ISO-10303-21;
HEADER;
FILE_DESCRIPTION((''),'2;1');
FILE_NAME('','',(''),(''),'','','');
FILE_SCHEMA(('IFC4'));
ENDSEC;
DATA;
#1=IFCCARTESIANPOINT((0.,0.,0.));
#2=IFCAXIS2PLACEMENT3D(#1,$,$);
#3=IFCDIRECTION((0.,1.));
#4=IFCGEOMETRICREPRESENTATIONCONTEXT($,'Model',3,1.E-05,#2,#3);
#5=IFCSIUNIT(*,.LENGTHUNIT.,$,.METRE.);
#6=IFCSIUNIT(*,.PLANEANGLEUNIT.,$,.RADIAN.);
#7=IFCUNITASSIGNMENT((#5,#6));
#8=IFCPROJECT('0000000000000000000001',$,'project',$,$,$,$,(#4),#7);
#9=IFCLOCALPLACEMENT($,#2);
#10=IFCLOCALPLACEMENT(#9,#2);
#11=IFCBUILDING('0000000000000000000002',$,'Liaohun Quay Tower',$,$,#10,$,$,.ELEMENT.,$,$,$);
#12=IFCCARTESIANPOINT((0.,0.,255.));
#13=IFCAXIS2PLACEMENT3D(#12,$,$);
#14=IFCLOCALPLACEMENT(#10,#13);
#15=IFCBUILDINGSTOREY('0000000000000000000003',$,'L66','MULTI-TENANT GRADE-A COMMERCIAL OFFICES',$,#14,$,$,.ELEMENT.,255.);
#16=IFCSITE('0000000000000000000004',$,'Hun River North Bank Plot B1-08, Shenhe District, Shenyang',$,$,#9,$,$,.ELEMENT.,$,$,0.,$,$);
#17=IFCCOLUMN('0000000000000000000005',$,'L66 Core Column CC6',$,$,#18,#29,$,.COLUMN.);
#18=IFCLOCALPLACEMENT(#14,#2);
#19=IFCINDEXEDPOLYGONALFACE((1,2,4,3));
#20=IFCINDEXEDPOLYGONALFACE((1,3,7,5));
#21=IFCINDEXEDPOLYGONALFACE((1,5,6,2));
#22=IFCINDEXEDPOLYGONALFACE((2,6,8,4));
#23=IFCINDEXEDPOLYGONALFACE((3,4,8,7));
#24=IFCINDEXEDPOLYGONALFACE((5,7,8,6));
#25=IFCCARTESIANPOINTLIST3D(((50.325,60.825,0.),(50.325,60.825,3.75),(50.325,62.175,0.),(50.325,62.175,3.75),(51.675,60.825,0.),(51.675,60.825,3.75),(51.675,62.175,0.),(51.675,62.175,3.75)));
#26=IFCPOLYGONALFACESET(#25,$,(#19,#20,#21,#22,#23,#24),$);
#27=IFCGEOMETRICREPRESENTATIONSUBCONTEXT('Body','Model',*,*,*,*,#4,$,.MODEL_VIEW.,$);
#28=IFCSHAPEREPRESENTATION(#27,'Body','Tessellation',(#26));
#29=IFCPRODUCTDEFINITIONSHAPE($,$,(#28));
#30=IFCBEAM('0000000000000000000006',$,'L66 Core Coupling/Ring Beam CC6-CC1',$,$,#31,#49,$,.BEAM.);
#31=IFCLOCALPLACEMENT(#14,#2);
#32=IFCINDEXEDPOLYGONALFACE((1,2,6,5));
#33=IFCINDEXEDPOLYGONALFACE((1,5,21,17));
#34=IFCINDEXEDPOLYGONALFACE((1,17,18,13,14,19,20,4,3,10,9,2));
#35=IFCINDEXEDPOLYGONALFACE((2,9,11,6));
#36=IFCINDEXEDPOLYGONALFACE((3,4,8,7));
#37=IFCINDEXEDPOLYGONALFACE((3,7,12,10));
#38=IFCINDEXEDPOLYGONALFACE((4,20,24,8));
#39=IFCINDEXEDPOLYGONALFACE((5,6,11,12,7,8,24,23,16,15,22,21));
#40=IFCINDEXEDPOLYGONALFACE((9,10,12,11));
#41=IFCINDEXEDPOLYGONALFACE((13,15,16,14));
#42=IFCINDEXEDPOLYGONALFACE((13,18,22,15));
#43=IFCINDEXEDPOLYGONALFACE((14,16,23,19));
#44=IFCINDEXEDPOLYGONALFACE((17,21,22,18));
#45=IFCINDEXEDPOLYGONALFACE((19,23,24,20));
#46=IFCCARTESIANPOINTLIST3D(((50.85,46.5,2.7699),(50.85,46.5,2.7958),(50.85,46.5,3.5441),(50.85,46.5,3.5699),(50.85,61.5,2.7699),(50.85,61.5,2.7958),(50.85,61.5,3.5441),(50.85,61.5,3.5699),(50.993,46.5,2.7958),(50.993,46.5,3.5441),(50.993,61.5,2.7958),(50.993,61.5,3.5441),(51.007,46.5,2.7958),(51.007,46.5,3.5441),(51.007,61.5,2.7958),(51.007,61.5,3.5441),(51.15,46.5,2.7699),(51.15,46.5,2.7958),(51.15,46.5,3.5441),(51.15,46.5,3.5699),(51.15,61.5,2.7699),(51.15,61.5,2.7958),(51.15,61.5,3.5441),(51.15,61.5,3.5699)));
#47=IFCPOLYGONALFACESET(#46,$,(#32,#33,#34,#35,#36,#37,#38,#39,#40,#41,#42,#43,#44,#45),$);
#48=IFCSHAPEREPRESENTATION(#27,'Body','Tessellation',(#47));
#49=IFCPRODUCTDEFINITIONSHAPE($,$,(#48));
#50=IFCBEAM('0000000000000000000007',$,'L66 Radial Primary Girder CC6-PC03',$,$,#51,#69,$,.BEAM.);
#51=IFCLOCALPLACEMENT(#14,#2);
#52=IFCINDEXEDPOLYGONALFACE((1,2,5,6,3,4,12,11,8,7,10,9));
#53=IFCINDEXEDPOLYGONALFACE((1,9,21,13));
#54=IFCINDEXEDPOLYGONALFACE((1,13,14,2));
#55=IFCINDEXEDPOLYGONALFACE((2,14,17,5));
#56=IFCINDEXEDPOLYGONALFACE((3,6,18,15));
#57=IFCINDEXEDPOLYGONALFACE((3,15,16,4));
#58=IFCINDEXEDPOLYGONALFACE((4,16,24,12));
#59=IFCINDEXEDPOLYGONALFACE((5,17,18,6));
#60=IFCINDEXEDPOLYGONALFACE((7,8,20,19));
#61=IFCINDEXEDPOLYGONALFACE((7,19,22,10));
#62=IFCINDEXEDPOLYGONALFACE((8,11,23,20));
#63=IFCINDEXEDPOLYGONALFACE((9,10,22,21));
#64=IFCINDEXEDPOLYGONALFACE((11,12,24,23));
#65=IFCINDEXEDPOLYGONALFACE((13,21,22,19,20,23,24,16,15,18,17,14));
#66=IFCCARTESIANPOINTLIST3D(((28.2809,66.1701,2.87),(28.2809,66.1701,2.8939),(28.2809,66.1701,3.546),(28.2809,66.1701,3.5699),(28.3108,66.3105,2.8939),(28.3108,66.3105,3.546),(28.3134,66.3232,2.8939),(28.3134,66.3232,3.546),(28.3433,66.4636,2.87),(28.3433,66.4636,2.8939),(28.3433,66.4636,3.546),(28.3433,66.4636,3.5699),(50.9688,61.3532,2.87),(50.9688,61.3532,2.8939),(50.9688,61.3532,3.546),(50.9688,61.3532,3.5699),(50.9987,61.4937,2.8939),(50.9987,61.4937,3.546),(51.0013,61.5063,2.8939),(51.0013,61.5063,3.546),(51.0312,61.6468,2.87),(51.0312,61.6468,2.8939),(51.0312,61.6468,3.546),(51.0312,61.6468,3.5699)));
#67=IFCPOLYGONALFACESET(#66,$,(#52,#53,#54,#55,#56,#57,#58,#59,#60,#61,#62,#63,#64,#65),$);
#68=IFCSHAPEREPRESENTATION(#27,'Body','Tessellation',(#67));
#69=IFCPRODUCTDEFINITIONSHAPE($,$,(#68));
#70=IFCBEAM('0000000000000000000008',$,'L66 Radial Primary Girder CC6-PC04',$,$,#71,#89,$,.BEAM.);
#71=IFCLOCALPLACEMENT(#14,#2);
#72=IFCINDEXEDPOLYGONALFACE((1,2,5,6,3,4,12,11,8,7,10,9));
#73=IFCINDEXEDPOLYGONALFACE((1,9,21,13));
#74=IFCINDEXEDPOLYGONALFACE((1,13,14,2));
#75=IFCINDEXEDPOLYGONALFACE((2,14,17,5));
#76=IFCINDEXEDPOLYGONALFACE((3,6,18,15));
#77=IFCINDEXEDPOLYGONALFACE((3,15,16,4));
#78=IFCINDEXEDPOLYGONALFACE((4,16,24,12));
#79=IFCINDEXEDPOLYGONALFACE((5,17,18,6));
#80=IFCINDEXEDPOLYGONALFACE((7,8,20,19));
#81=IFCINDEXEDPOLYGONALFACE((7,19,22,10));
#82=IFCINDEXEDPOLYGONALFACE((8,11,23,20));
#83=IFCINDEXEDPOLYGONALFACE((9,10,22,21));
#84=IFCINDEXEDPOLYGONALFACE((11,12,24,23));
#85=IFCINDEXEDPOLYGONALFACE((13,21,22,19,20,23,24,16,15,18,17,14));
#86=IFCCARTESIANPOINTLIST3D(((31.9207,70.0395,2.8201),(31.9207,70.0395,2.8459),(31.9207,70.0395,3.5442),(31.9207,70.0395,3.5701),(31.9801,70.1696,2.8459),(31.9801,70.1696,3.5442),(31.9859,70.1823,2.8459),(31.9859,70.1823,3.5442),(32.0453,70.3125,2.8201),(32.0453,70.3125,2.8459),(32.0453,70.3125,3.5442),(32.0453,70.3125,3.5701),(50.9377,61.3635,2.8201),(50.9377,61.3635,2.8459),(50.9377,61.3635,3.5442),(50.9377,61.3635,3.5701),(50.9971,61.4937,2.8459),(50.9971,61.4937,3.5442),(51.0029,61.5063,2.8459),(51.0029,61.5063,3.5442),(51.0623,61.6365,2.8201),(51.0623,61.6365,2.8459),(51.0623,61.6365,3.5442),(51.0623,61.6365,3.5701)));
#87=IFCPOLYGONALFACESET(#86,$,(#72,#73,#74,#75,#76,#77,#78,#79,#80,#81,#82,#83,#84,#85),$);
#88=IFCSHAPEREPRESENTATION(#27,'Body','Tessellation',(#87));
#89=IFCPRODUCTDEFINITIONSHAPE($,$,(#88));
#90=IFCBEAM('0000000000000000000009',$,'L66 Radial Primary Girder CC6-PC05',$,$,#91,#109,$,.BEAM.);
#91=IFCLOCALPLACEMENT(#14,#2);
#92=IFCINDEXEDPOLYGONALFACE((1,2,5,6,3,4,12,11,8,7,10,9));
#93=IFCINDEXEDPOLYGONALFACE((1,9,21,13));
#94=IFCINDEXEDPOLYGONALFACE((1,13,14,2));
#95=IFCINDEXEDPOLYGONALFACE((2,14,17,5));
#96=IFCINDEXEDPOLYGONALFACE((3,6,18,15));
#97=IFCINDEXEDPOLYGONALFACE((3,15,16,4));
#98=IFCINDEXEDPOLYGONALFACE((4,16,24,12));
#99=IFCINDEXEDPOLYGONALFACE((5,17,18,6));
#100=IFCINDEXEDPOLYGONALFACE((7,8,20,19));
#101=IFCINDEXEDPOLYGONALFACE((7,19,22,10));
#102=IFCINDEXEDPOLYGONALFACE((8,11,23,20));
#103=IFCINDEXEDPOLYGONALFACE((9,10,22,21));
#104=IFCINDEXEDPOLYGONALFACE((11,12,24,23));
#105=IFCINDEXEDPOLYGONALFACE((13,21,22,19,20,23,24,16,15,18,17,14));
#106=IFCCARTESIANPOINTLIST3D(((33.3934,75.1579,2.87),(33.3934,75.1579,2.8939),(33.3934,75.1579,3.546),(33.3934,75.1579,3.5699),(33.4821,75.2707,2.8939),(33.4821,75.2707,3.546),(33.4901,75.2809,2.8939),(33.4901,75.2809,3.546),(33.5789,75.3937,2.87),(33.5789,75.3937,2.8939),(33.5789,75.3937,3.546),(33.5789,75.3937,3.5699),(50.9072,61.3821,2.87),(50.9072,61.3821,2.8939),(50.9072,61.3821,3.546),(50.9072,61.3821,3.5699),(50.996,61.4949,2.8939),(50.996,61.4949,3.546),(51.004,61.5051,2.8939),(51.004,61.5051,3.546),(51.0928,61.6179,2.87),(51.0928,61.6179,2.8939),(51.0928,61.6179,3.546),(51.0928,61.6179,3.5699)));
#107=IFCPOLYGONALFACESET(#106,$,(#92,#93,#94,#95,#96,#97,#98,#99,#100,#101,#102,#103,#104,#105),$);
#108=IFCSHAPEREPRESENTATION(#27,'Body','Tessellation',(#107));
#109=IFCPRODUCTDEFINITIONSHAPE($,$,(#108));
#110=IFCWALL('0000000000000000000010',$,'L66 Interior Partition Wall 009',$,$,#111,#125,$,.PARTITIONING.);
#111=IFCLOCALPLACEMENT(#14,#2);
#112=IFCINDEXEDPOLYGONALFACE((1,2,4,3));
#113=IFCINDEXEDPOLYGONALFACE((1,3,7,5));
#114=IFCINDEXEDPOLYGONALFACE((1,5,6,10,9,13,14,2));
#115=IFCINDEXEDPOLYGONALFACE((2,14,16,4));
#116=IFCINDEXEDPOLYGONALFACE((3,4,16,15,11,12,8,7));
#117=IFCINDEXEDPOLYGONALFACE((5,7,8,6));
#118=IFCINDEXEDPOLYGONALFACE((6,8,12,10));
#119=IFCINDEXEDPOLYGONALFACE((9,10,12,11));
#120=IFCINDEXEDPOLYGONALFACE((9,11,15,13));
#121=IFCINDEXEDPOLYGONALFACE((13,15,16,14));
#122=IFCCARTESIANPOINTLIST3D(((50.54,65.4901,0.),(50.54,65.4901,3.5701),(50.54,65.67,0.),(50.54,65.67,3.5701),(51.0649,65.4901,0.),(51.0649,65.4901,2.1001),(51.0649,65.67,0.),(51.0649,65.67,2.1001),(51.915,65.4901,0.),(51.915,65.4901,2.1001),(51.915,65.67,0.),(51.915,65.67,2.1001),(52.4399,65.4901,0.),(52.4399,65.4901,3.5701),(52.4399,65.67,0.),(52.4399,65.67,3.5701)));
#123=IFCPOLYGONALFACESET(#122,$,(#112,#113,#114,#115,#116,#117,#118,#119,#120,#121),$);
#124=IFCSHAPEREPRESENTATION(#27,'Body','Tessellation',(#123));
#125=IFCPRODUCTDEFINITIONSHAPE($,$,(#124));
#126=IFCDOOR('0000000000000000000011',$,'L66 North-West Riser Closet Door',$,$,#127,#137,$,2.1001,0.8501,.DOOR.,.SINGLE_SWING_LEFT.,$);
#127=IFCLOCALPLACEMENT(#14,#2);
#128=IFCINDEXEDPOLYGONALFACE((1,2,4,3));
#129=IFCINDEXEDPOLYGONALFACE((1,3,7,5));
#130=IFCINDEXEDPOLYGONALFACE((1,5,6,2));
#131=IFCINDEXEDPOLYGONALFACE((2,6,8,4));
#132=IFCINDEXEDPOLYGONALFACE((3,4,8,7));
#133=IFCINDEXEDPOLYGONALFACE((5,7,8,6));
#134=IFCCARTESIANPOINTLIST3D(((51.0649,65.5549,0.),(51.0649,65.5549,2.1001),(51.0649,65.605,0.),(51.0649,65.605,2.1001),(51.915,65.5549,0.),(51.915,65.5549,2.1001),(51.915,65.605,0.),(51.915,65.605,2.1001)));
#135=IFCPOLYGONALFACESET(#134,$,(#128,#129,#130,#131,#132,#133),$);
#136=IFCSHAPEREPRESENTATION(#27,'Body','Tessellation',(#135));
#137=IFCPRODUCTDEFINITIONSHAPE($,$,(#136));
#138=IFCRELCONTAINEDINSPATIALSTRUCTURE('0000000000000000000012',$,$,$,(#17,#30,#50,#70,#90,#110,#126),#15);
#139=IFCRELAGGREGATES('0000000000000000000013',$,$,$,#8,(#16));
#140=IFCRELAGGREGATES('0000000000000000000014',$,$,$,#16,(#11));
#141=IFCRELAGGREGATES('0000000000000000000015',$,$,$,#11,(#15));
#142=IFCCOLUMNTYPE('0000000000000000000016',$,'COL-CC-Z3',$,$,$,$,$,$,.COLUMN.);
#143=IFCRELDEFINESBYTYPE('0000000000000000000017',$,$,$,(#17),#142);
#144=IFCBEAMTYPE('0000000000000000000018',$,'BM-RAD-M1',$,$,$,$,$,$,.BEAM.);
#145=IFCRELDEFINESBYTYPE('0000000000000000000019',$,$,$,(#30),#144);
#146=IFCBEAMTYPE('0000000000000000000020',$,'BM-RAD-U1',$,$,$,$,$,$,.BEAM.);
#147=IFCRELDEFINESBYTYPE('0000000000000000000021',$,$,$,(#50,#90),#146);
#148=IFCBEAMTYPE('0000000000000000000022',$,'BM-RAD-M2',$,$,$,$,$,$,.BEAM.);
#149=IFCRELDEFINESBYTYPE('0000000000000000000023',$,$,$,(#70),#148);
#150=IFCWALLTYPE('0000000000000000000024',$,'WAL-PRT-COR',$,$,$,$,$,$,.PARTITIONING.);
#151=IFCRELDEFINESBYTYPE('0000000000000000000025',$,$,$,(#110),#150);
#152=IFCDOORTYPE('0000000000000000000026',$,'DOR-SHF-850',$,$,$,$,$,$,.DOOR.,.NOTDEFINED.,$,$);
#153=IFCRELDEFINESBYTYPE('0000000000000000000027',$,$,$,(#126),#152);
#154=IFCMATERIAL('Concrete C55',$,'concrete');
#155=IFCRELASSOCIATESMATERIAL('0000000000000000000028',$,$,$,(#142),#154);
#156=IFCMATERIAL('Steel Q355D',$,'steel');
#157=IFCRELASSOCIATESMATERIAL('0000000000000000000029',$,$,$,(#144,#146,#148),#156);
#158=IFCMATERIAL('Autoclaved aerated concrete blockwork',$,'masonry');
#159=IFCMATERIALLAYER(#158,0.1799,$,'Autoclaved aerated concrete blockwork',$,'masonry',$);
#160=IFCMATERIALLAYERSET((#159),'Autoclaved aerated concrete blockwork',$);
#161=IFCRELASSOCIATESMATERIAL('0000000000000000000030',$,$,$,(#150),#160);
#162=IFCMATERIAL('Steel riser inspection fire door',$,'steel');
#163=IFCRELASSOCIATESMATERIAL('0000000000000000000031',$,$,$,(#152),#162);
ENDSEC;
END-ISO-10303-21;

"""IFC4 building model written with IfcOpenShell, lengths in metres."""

from ifc_helpers import new_model, si_unit, direction, frame, frame_2d, origin, origin_2d, place, context, subcontext, project, spatial, rectangle, i_section, extrude, source, transform, mapped, material, layer, layer_set, material_profile, profile_set, type_object, element, fill, save


model = new_model("IFC4")

# Units and contexts
model_context = context("Model", 3, precision=1e-05, world=origin(), true_north=direction((0.0, 1.0)))
body_context = subcontext(model_context, "Body", "Model", "MODEL_VIEW")
ifc_project = project(units=[si_unit("LENGTHUNIT", "METRE"), si_unit("PLANEANGLEUNIT", "RADIAN")], contexts=[model_context])

# Site, building, storey
site_placement = place(None, origin())
site = spatial("IfcSite", under=ifc_project, at=site_placement, Name="Hun River North Bank Plot B1-08, Shenhe District, Shenyang", CompositionType="ELEMENT", RefElevation=0.0)
building_placement = place(site_placement, origin())
building = spatial("IfcBuilding", under=site, at=building_placement, Name="Liaohun Quay Tower", CompositionType="ELEMENT")
storey_placement = place(building_placement, frame((0.0, 0.0, 255.0)))
storey = spatial("IfcBuildingStorey", under=building, at=storey_placement, Name="L66", Description="MULTI-TENANT GRADE-A COMMERCIAL OFFICES", CompositionType="ELEMENT", Elevation=255.0)

# Column
ifc_material_1 = material(Name="Concrete C55", Category="concrete")
ifc_material_profile_1 = material_profile(ifc_material_1, rectangle(XDim=1.3501, YDim=1.3501, at=origin_2d()), Name="RC1350x1350")
ifc_profile_set_1 = profile_set([ifc_material_profile_1], Name="Concrete C55")
column_type = type_object("IfcColumnType", Name="COL-CC-Z3", PredefinedType="COLUMN", material=ifc_profile_set_1)
shared_shape_1 = source(origin(), body_context, "Body", "SweptSolid", [
    extrude(rectangle(XDim=1.3501, YDim=1.3501, at=origin_2d()), origin(), (0.0, 0.0, 1.0), 3.75),
])
column_placement = place(storey_placement, frame((51.0, 61.5, 0.0), z_axis=(0.0, 0.0, 1.0), x_axis=(1.0, 0.0, 0.0)))
element("IfcColumn", 1, at=column_placement, inside=storey, type_object=column_type, Name="L66 Core Column CC6", PredefinedType="COLUMN", context=body_context, shape_type="MappedRepresentation", body=[
    mapped(shared_shape_1, transform((0.0, 0.0, 0.0), x_axis=(1.0, 0.0, 0.0), y_axis=(0.0, 1.0, 0.0), z_axis=(0.0, 0.0, 1.0), scale=1.0)),
])

# Beams
ifc_material_2 = material(Name="Steel Q355D", Category="steel")
ifc_material_profile_2 = material_profile(ifc_material_2, i_section(OverallWidth=0.3, OverallDepth=0.8, WebThickness=0.0139, FlangeThickness=0.0259, at=origin_2d()), Name="HN800x300x14x26")
ifc_profile_set_2 = profile_set([ifc_material_profile_2], Name="Steel Q355D")
beam_type_1 = type_object("IfcBeamType", Name="BM-RAD-M1", PredefinedType="BEAM", material=ifc_profile_set_2)
shared_shape_2 = source(origin(), body_context, "Body", "SweptSolid", [
    extrude(i_section(OverallWidth=0.3, OverallDepth=0.8, WebThickness=0.0139, FlangeThickness=0.0259, at=origin_2d()), origin(), (0.0, 0.0, 1.0), 15.0),
])
beam_1_placement = place(storey_placement, frame((51.0, 61.5, 3.1699), z_axis=(0.0, -1.0, 0.0), x_axis=(1.0, 0.0, 0.0)))
element("IfcBeam", 2, at=beam_1_placement, inside=storey, type_object=beam_type_1, Name="L66 Core Coupling/Ring Beam CC6-CC1", PredefinedType="BEAM", context=body_context, shape_type="MappedRepresentation", body=[
    mapped(shared_shape_2, transform((0.0, 0.0, 0.0), x_axis=(1.0, 0.0, 0.0), y_axis=(0.0, 1.0, 0.0), z_axis=(0.0, 0.0, 1.0), scale=1.0)),
])
ifc_material_profile_3 = material_profile(ifc_material_2, i_section(OverallWidth=0.3, OverallDepth=0.7, WebThickness=0.0129, FlangeThickness=0.0239, at=origin_2d()), Name="HN700x300x13x24")
ifc_profile_set_3 = profile_set([ifc_material_profile_3], Name="Steel Q355D")
beam_type_2 = type_object("IfcBeamType", Name="BM-RAD-U1", PredefinedType="BEAM", material=ifc_profile_set_3)
shared_shape_3 = source(origin(), body_context, "Body", "SweptSolid", [
    extrude(i_section(OverallWidth=0.3, OverallDepth=0.7, WebThickness=0.0129, FlangeThickness=0.0239, at=origin_2d()), origin(), (0.0, 0.0, 1.0), 23.1936),
])
beam_2_placement = place(storey_placement, frame((51.0, 61.5, 3.22), z_axis=(-0.978197, 0.207681, 0.0), x_axis=(-0.207681, -0.978197, 0.0)))
element("IfcBeam", 3, at=beam_2_placement, inside=storey, type_object=beam_type_2, Name="L66 Radial Primary Girder CC6-PC03", PredefinedType="BEAM", context=body_context, shape_type="MappedRepresentation", body=[
    mapped(shared_shape_3, transform((0.0, 0.0, 0.0), x_axis=(1.0, 0.0, 0.0), y_axis=(0.0, 1.0, 0.0), z_axis=(0.0, 0.0, 1.0), scale=1.0)),
])
ifc_material_profile_4 = material_profile(ifc_material_2, i_section(OverallWidth=0.3, OverallDepth=0.75, WebThickness=0.0139, FlangeThickness=0.0259, at=origin_2d()), Name="HN750x300x14x26")
ifc_profile_set_4 = profile_set([ifc_material_profile_4], Name="Steel Q355D")
beam_type_3 = type_object("IfcBeamType", Name="BM-RAD-M2", PredefinedType="BEAM", material=ifc_profile_set_4)
shared_shape_4 = source(origin(), body_context, "Body", "SweptSolid", [
    extrude(i_section(OverallWidth=0.3, OverallDepth=0.75, WebThickness=0.0139, FlangeThickness=0.0259, at=origin_2d()), origin(), (0.0, 0.0, 1.0), 20.9026),
])
beam_3_placement = place(storey_placement, frame((51.0, 61.5, 3.1951), z_axis=(-0.909791, 0.415067, 0.0), x_axis=(-0.415067, -0.909791, 0.0)))
element("IfcBeam", 4, at=beam_3_placement, inside=storey, type_object=beam_type_3, Name="L66 Radial Primary Girder CC6-PC04", PredefinedType="BEAM", context=body_context, shape_type="MappedRepresentation", body=[
    mapped(shared_shape_4, transform((0.0, 0.0, 0.0), x_axis=(1.0, 0.0, 0.0), y_axis=(0.0, 1.0, 0.0), z_axis=(0.0, 0.0, 1.0), scale=1.0)),
])
shared_shape_5 = source(origin(), body_context, "Body", "SweptSolid", [
    extrude(i_section(OverallWidth=0.3, OverallDepth=0.7, WebThickness=0.0129, FlangeThickness=0.0239, at=origin_2d()), origin(), (0.0, 0.0, 1.0), 22.2825),
])
beam_4_placement = place(storey_placement, frame((51.0, 61.5, 3.22), z_axis=(-0.785992, 0.618236, 0.0), x_axis=(-0.618236, -0.785992, 0.0)))
element("IfcBeam", 5, at=beam_4_placement, inside=storey, type_object=beam_type_2, Name="L66 Radial Primary Girder CC6-PC05", PredefinedType="BEAM", context=body_context, shape_type="MappedRepresentation", body=[
    mapped(shared_shape_5, transform((0.0, 0.0, 0.0), x_axis=(1.0, 0.0, 0.0), y_axis=(0.0, 1.0, 0.0), z_axis=(0.0, 0.0, 1.0), scale=1.0)),
])

# Wall, opening, door
ifc_material_3 = material(Name="Autoclaved aerated concrete blockwork", Category="masonry")
ifc_layer_1 = layer(ifc_material_3, 0.1799, Name="Autoclaved aerated concrete blockwork", Category="masonry")
ifc_layer_set_1 = layer_set([ifc_layer_1], Name="Autoclaved aerated concrete blockwork")
wall_type_1 = type_object("IfcWallType", Name="WAL-PRT-COR", PredefinedType="PARTITIONING", material=ifc_layer_set_1)
wall_1_placement = place(storey_placement, frame((50.54, 65.5801, 0.0), z_axis=(0.0, 0.0, 1.0), x_axis=(1.0, 0.0, 0.0)))
wall_1 = element("IfcWall", 6, at=wall_1_placement, inside=storey, type_object=wall_type_1, Name="L66 Interior Partition Wall 009", PredefinedType="PARTITIONING", context=body_context, shape_type="SweptSolid", body=[
    extrude(rectangle(XDim=1.8999, YDim=0.1799, at=frame_2d((0.95, 0.0))), origin(), (0.0, 0.0, 1.0), 3.5701),
])
shared_shape_6 = source(origin(), body_context, "Body", "SweptSolid", [
    extrude(rectangle(XDim=0.8501, YDim=2.1001, at=frame_2d((0.425, 1.05))), frame((0.0, 0.0999, 0.0), z_axis=(0.0, -1.0, 0.0), x_axis=(1.0, 0.0, 0.0)), (0.0, 0.0, 1.0), 0.2),
])
opening_1_placement = place(wall_1_placement, frame((0.5249, 0.0, 0.0)))
opening_1 = element("IfcOpeningElement", 7, at=opening_1_placement, cuts=wall_1, PredefinedType="OPENING", context=body_context, shape_type="MappedRepresentation", body=[
    mapped(shared_shape_6, transform((0.0, 0.0, 0.0), x_axis=(1.0, 0.0, 0.0), y_axis=(0.0, 1.0, 0.0), z_axis=(0.0, 0.0, 1.0), scale=1.0)),
])
ifc_material_4 = material(Name="Steel riser inspection fire door", Category="steel")
door_type_1 = type_object("IfcDoorType", Name="DOR-SHF-850", OperationType="NOTDEFINED", PredefinedType="DOOR", material=ifc_material_4)
shared_shape_7 = source(origin(), body_context, "Body", "SweptSolid", [
    extrude(rectangle(XDim=0.8501, YDim=2.1001, at=frame_2d((0.425, 1.05))), frame((0.0, 0.0249, 0.0), z_axis=(0.0, -1.0, 0.0), x_axis=(1.0, 0.0, 0.0)), (0.0, 0.0, 1.0), 0.05),
])
door_1_placement = place(opening_1_placement, origin())
door_1 = element("IfcDoor", 8, at=door_1_placement, inside=storey, type_object=door_type_1, Name="L66 North-West Riser Closet Door", OperationType="SINGLE_SWING_LEFT", OverallHeight=2.1001, OverallWidth=0.8501, PredefinedType="DOOR", context=body_context, shape_type="MappedRepresentation", body=[
    mapped(shared_shape_7, transform((0.0, 0.0, 0.0), x_axis=(1.0, 0.0, 0.0), y_axis=(0.0, 1.0, 0.0), z_axis=(0.0, 0.0, 1.0), scale=1.0)),
])
fill(opening_1, door_1)

save(model, "model.ifc")
